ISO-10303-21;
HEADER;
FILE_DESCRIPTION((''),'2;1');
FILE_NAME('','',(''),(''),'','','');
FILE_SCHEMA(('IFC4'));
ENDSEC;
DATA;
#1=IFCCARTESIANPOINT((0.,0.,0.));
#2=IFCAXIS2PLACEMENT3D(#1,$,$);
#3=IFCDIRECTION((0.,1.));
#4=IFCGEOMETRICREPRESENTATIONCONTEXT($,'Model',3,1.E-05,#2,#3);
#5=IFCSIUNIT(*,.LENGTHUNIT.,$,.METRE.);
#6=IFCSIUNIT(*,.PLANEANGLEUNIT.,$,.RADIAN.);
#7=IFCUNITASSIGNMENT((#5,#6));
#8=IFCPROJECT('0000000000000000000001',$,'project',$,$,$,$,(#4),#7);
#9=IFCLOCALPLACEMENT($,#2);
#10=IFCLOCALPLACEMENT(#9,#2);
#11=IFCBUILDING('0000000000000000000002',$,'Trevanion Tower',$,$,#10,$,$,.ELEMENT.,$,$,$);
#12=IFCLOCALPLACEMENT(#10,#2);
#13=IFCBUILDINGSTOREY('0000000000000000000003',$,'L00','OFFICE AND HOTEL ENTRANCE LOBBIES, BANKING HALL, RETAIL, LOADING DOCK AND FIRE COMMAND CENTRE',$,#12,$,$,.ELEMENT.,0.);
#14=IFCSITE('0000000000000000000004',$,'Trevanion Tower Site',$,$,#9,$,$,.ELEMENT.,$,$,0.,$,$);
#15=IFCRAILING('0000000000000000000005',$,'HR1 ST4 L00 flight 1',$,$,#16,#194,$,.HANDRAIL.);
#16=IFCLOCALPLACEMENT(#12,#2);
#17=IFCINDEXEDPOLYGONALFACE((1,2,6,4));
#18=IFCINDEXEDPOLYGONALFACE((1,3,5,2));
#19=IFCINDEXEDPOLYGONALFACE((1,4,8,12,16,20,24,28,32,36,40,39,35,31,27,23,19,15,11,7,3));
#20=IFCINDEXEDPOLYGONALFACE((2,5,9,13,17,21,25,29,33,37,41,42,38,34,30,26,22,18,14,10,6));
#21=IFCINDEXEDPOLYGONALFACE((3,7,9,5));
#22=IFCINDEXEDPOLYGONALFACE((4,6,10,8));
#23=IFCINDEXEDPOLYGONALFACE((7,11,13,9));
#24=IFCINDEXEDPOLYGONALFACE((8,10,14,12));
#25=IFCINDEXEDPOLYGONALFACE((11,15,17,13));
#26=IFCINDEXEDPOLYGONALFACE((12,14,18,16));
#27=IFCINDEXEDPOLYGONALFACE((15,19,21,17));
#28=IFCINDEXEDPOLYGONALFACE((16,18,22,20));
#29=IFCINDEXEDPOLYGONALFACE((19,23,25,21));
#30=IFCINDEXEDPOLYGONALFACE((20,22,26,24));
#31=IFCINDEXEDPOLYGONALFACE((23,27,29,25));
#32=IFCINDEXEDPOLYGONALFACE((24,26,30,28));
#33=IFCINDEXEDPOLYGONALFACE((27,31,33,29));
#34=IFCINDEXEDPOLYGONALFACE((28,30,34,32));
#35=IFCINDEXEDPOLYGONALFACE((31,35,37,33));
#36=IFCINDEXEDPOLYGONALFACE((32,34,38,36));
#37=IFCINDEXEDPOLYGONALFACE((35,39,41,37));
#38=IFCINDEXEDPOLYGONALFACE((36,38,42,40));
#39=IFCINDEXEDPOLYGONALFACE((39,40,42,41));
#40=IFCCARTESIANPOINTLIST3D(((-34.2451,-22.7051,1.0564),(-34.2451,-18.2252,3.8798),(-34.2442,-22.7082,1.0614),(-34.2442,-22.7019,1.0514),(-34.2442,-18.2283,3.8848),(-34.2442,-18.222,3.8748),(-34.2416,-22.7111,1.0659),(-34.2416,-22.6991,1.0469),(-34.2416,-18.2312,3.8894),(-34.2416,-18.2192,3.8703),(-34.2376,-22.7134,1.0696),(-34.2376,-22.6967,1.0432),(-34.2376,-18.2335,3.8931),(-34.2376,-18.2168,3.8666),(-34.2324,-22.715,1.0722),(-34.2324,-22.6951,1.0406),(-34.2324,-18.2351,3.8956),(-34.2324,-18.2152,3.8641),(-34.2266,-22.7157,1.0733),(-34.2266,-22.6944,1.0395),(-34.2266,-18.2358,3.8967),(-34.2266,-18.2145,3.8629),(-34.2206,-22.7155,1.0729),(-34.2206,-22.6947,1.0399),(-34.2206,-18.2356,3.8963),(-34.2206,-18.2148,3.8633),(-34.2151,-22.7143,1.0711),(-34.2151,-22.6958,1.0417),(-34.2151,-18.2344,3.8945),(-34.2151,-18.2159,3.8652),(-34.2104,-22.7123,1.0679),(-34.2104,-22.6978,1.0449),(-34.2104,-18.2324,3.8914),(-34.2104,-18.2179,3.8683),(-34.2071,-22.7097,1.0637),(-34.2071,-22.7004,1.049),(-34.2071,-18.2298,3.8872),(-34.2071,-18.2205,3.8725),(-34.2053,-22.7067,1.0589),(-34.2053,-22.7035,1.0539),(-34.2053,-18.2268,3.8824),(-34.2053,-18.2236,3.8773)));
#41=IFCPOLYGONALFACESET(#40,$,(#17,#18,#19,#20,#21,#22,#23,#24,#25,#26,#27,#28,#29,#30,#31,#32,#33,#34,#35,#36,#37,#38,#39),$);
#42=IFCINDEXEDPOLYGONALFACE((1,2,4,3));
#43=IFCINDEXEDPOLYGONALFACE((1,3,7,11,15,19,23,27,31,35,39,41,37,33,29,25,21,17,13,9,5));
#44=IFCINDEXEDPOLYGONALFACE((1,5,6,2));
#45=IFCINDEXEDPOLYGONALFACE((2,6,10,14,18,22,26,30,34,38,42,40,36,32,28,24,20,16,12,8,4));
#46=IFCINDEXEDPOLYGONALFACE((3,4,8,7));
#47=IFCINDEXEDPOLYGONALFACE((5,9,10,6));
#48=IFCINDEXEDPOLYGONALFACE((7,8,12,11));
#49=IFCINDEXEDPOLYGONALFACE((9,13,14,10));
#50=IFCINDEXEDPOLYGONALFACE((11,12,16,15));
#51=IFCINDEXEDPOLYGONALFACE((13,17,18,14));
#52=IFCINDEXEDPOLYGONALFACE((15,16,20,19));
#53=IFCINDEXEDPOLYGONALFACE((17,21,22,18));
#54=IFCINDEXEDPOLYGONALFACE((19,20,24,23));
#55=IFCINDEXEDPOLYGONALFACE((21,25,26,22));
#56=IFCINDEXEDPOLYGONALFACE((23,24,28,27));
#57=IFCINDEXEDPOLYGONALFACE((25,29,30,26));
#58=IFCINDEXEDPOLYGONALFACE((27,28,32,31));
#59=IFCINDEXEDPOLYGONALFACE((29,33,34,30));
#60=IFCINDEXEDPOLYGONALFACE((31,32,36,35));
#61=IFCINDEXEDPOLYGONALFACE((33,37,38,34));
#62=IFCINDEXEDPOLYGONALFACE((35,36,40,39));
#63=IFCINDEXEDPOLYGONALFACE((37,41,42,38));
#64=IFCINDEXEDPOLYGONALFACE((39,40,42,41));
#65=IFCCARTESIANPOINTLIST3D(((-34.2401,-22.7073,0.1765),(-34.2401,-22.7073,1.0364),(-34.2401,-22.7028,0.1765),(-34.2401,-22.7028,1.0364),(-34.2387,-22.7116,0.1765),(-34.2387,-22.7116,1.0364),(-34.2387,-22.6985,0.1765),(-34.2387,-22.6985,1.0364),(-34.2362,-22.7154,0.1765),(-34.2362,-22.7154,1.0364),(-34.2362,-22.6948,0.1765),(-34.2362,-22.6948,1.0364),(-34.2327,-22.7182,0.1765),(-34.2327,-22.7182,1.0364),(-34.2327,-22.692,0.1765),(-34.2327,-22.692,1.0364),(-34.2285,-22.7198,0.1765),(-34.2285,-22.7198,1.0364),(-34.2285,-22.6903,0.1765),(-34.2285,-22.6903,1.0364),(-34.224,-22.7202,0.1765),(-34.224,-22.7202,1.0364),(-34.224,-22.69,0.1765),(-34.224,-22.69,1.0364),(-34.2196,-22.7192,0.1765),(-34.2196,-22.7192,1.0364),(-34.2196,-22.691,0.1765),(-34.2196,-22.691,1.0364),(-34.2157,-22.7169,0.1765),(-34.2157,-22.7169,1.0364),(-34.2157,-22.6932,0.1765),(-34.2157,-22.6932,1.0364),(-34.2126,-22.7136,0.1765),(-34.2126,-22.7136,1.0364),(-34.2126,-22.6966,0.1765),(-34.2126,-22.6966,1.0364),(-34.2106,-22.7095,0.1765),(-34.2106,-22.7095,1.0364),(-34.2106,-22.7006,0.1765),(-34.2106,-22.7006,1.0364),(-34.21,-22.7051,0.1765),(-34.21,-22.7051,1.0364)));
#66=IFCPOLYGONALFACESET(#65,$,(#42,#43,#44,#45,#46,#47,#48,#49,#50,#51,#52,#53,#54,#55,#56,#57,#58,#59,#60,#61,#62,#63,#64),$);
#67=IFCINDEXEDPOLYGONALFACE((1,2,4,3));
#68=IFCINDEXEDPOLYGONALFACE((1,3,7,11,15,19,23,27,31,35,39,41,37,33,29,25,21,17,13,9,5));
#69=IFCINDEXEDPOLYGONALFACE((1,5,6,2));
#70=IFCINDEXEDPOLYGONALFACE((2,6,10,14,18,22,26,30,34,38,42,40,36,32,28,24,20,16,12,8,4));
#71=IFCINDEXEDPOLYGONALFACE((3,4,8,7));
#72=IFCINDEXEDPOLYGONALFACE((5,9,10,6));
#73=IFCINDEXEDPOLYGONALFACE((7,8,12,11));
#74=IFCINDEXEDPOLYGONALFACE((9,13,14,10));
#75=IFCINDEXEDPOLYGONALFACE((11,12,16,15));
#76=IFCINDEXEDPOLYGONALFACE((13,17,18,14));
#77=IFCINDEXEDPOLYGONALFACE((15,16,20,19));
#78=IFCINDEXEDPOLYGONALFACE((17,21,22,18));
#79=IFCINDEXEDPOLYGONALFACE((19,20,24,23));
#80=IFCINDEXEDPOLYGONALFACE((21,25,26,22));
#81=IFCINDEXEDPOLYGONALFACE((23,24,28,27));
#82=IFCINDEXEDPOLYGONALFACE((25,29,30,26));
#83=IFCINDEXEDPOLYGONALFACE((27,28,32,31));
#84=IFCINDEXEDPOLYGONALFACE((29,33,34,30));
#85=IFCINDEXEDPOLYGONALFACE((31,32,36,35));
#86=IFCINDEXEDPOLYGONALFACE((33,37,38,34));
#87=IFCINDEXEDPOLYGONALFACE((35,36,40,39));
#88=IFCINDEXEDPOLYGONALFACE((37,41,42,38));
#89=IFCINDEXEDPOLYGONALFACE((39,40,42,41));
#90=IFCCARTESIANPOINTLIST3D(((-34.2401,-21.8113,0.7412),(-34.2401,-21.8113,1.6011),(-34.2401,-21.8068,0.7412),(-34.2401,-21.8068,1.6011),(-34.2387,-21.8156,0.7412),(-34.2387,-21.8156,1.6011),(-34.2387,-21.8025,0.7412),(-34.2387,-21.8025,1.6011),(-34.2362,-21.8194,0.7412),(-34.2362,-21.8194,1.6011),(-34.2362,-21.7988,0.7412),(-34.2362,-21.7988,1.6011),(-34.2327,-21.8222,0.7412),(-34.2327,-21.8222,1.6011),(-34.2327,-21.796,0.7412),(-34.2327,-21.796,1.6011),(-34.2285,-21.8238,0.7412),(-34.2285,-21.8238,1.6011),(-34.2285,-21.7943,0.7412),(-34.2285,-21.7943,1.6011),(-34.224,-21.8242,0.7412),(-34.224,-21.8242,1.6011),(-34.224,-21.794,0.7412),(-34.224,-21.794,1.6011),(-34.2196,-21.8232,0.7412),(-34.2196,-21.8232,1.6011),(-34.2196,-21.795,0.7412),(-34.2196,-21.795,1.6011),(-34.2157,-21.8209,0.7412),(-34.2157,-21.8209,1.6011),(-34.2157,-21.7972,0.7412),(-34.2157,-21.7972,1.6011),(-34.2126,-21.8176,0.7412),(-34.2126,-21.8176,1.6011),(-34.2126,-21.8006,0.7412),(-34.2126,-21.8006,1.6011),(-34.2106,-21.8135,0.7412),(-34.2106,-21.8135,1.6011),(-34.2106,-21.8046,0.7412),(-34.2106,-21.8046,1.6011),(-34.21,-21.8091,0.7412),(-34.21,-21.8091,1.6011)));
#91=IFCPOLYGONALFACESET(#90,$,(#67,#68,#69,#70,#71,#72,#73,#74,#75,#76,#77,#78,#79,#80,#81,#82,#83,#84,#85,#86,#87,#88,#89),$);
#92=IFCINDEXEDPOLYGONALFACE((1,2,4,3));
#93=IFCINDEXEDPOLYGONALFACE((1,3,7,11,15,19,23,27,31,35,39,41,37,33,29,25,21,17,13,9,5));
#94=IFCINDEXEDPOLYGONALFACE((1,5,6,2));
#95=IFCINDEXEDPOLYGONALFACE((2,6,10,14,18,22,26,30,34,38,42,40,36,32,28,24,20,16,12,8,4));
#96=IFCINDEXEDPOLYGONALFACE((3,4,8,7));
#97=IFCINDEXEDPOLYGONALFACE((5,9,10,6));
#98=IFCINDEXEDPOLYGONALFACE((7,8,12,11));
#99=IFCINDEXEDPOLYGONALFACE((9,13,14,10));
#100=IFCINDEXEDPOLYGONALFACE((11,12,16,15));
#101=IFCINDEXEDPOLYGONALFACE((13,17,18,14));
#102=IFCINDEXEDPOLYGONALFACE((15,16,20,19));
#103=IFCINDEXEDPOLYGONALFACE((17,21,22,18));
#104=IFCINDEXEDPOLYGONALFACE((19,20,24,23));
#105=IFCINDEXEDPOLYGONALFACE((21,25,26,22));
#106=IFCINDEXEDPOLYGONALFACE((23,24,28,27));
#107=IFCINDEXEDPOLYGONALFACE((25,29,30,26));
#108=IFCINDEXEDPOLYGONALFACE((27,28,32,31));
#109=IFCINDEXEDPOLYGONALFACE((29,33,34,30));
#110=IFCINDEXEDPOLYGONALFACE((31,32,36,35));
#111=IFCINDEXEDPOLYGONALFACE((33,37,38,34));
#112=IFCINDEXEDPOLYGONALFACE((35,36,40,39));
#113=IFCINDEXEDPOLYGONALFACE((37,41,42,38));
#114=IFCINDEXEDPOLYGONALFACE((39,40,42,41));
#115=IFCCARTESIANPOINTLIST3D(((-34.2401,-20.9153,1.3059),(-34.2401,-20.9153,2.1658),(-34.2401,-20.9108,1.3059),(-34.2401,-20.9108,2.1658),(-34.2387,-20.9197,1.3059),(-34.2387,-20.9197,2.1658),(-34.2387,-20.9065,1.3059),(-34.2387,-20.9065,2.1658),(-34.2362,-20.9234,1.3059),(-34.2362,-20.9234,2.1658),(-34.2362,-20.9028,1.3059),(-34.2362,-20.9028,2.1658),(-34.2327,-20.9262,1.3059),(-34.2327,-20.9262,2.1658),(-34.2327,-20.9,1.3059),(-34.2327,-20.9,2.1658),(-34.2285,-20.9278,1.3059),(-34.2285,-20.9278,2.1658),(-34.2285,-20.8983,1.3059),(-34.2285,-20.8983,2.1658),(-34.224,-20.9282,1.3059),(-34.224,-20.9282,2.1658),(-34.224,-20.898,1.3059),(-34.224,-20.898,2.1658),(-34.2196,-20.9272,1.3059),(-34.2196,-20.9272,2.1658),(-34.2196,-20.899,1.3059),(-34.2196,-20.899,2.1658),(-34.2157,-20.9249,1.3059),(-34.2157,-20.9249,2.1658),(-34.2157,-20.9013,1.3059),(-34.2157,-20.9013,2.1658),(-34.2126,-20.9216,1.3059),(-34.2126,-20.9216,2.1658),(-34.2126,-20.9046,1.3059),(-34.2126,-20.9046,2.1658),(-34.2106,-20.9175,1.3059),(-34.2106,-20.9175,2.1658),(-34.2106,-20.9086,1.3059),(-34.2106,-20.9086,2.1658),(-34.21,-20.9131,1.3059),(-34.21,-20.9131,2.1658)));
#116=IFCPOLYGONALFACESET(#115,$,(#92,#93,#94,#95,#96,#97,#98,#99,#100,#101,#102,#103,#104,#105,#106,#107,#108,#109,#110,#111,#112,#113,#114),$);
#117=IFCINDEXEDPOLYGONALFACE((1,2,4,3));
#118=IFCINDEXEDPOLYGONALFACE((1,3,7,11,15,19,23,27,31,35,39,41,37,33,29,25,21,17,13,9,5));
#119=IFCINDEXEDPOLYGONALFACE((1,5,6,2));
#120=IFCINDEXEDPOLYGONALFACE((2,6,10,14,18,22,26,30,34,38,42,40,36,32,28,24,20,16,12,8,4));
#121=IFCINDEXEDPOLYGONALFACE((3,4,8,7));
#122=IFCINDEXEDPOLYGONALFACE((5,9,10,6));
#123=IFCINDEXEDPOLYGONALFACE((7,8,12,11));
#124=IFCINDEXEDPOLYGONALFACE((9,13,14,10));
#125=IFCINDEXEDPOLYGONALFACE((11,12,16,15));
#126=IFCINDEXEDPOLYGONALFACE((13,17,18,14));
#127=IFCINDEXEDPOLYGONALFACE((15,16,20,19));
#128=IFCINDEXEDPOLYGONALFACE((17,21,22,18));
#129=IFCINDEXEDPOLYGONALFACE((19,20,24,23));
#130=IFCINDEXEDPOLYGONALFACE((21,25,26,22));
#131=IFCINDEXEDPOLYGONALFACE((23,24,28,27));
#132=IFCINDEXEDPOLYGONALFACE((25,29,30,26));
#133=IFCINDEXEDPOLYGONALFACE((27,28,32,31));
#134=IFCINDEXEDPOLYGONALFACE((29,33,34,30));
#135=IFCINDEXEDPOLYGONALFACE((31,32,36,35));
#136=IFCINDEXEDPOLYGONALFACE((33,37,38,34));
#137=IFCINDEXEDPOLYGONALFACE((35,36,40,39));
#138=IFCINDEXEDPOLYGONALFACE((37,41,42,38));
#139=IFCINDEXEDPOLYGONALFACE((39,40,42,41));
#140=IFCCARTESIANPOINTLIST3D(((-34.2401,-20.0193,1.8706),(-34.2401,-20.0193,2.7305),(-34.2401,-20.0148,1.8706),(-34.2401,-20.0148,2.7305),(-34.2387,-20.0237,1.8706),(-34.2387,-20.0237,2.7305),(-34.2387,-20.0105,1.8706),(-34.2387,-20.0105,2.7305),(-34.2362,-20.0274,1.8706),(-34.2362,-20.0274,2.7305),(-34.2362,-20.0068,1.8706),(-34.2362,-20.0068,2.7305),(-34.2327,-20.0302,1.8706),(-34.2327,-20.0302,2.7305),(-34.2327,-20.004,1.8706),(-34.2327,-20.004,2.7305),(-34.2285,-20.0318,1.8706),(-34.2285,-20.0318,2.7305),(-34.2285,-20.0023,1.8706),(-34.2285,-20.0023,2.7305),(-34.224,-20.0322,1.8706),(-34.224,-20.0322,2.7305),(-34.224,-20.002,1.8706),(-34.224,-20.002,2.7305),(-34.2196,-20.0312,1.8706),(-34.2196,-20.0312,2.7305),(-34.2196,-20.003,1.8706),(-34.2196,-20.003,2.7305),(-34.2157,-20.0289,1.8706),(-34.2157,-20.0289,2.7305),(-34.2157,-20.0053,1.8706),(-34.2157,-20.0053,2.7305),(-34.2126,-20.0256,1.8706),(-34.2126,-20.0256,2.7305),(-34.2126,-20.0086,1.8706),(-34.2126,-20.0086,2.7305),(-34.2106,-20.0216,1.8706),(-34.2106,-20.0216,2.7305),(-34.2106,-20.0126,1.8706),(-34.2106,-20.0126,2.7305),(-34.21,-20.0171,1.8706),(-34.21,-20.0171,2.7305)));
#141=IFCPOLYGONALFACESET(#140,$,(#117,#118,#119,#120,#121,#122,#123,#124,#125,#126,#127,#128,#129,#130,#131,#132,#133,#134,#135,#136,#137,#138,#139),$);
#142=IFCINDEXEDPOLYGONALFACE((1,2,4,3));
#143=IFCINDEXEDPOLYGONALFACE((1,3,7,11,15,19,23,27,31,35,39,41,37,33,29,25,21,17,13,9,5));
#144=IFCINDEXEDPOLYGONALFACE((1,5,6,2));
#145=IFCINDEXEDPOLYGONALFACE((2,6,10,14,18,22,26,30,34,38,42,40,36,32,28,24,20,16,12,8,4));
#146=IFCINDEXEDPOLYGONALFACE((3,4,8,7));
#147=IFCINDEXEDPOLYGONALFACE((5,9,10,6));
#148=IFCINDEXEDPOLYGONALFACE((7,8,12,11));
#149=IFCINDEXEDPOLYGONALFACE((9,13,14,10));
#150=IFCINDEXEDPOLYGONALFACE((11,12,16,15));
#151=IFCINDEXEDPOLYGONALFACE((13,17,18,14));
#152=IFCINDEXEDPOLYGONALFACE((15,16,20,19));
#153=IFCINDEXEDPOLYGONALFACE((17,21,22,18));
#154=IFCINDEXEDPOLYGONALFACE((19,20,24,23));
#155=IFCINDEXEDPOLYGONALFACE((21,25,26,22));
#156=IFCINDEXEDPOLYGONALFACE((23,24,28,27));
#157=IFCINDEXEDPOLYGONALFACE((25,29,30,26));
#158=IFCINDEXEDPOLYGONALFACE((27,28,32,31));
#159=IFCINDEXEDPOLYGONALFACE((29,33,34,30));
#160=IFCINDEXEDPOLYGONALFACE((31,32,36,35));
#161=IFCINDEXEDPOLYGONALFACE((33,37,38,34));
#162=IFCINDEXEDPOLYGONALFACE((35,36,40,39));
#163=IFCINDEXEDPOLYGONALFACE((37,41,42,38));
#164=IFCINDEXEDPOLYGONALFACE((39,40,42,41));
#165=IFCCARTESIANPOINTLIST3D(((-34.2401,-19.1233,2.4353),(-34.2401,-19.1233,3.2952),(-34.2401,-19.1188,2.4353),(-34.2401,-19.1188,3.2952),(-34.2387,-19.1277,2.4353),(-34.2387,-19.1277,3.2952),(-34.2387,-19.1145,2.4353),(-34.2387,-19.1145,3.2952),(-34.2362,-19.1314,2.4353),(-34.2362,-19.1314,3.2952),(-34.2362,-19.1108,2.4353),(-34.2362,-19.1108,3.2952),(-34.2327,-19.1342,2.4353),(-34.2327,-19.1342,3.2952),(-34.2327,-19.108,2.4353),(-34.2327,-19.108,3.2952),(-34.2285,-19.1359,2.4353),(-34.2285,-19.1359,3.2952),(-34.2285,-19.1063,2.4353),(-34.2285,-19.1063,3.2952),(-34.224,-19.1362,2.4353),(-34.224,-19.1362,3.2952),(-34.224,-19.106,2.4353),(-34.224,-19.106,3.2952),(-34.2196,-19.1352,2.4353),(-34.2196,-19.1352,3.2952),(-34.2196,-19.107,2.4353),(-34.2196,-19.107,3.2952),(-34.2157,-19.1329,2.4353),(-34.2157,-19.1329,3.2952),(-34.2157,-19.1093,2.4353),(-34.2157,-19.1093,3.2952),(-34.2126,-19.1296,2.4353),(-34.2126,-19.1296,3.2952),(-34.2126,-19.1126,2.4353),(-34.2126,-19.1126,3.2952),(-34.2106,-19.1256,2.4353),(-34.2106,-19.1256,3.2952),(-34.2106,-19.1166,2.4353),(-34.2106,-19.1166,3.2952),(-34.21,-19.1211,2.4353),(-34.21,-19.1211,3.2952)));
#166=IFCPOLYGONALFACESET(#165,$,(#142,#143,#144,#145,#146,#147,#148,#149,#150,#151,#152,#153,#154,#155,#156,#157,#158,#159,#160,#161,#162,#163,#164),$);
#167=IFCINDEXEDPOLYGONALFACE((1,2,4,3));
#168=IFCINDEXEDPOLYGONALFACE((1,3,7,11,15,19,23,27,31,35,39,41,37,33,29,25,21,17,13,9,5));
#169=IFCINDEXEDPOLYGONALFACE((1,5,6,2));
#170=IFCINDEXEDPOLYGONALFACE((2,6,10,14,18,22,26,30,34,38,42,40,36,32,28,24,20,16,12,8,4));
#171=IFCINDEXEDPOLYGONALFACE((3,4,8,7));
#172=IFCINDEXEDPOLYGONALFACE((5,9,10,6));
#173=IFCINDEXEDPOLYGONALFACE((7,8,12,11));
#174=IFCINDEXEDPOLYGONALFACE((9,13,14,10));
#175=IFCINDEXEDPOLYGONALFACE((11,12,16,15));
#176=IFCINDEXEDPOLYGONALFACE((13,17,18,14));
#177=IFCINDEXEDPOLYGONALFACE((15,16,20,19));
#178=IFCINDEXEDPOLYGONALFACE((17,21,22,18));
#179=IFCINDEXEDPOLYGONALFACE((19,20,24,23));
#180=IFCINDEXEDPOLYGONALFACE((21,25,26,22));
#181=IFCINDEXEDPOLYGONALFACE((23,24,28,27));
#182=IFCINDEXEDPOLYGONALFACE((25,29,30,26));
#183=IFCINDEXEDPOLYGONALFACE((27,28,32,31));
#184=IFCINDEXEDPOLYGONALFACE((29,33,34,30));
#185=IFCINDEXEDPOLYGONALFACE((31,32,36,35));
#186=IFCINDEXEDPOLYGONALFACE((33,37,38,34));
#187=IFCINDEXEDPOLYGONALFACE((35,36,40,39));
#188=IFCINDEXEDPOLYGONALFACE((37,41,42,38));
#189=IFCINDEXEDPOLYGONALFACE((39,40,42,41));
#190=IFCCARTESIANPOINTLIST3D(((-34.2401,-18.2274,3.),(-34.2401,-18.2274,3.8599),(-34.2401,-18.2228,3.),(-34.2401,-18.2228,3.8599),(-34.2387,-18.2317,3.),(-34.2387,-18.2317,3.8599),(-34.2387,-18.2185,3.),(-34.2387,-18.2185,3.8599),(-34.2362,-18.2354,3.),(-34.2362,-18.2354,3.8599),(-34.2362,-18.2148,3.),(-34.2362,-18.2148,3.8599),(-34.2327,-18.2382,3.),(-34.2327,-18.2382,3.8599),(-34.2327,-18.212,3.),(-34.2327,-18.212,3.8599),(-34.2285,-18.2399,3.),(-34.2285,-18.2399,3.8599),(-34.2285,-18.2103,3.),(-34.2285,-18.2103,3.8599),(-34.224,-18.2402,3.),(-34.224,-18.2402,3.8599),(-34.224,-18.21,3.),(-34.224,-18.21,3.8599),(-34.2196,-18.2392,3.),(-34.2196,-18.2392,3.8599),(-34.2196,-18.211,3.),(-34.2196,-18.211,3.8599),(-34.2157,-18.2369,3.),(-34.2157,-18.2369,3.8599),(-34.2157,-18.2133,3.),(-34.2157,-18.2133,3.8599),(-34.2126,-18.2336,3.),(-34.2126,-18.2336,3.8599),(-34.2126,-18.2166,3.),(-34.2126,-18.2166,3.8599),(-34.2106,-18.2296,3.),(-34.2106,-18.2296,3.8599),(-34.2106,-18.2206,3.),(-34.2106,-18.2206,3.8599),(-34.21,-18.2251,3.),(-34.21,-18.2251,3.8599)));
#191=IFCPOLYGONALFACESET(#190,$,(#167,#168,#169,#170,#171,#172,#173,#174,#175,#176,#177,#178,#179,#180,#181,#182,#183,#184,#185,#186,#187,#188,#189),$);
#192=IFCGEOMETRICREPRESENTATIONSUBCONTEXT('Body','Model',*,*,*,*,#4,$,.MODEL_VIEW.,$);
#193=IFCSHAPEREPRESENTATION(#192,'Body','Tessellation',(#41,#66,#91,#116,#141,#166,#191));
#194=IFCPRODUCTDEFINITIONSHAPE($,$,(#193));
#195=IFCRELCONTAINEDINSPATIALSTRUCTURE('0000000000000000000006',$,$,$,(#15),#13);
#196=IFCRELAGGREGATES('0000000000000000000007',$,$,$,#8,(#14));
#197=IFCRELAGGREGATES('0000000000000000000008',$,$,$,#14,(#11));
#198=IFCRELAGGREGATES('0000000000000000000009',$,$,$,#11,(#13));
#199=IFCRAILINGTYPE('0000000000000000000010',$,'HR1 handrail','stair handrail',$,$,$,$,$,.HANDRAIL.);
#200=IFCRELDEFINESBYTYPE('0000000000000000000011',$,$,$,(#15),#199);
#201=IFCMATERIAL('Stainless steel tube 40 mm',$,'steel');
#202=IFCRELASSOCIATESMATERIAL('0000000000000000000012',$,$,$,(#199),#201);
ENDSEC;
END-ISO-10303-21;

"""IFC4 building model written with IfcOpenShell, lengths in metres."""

from ifc_helpers import new_model, si_unit, direction, frame, origin, origin_2d, place, context, subcontext, project, spatial, circle, extrude, material, type_object, element, save


model = new_model("IFC4")

# Units and contexts
model_context = context("Model", 3, precision=1e-05, world=origin(), true_north=direction((0.0, 1.0)))
body_context = subcontext(model_context, "Body", "Model", "MODEL_VIEW")
ifc_project = project(units=[si_unit("LENGTHUNIT", "METRE"), si_unit("PLANEANGLEUNIT", "RADIAN")], contexts=[model_context])

# Site, building, storey
site_placement = place(None, origin())
site = spatial("IfcSite", under=ifc_project, at=site_placement, Name="Trevanion Tower Site", CompositionType="ELEMENT", RefElevation=0.0)
building_placement = place(site_placement, origin())
building = spatial("IfcBuilding", under=site, at=building_placement, Name="Trevanion Tower", CompositionType="ELEMENT")
storey_placement = place(building_placement, origin())
storey = spatial("IfcBuildingStorey", under=building, at=storey_placement, Name="L00", Description="OFFICE AND HOTEL ENTRANCE LOBBIES, BANKING HALL, RETAIL, LOADING DOCK AND FIRE COMMAND CENTRE", CompositionType="ELEMENT", Elevation=0.0)

# Railing
ifc_material_1 = material(Name="Stainless steel tube 40 mm", Category="steel")
railing_type = type_object("IfcRailingType", Name="HR1 handrail", Description="stair handrail", PredefinedType="HANDRAIL", material=ifc_material_1)
for number, where, name in (
    (1, (-34.2251, -22.7051, 0.1765), "HR1 ST4 L00 flight 1"),
):
    element("IfcRailing", number, at=place(storey_placement, frame(where)), inside=storey, type_object=railing_type, Name=name, PredefinedType="HANDRAIL", context=body_context, shape_type="SweptSolid", body=[
        extrude(circle(Radius=0.02, at=origin_2d()), frame((0.0, 0.0, 0.8799), z_axis=(0.0, 0.845998, 0.533186), x_axis=(-1.0, 0.0, 0.0)), (0.0, 0.0, 1.0), 5.2954),
        extrude(circle(Radius=0.0151, at=origin_2d()), origin(), (0.0, 0.0, 1.0), 0.8599),
        extrude(circle(Radius=0.0151, at=origin_2d()), frame((0.0, 0.896, 0.5647)), (0.0, 0.0, 1.0), 0.8599),
        extrude(circle(Radius=0.0151, at=origin_2d()), frame((0.0, 1.792, 1.1294)), (0.0, 0.0, 1.0), 0.8599),
        extrude(circle(Radius=0.0151, at=origin_2d()), frame((0.0, 2.688, 1.6941)), (0.0, 0.0, 1.0), 0.8599),
        extrude(circle(Radius=0.0151, at=origin_2d()), frame((0.0, 3.584, 2.2588)), (0.0, 0.0, 1.0), 0.8599),
        extrude(circle(Radius=0.0151, at=origin_2d()), frame((0.0, 4.48, 2.8235)), (0.0, 0.0, 1.0), 0.8599),
    ])

save(model, "model.ifc")
